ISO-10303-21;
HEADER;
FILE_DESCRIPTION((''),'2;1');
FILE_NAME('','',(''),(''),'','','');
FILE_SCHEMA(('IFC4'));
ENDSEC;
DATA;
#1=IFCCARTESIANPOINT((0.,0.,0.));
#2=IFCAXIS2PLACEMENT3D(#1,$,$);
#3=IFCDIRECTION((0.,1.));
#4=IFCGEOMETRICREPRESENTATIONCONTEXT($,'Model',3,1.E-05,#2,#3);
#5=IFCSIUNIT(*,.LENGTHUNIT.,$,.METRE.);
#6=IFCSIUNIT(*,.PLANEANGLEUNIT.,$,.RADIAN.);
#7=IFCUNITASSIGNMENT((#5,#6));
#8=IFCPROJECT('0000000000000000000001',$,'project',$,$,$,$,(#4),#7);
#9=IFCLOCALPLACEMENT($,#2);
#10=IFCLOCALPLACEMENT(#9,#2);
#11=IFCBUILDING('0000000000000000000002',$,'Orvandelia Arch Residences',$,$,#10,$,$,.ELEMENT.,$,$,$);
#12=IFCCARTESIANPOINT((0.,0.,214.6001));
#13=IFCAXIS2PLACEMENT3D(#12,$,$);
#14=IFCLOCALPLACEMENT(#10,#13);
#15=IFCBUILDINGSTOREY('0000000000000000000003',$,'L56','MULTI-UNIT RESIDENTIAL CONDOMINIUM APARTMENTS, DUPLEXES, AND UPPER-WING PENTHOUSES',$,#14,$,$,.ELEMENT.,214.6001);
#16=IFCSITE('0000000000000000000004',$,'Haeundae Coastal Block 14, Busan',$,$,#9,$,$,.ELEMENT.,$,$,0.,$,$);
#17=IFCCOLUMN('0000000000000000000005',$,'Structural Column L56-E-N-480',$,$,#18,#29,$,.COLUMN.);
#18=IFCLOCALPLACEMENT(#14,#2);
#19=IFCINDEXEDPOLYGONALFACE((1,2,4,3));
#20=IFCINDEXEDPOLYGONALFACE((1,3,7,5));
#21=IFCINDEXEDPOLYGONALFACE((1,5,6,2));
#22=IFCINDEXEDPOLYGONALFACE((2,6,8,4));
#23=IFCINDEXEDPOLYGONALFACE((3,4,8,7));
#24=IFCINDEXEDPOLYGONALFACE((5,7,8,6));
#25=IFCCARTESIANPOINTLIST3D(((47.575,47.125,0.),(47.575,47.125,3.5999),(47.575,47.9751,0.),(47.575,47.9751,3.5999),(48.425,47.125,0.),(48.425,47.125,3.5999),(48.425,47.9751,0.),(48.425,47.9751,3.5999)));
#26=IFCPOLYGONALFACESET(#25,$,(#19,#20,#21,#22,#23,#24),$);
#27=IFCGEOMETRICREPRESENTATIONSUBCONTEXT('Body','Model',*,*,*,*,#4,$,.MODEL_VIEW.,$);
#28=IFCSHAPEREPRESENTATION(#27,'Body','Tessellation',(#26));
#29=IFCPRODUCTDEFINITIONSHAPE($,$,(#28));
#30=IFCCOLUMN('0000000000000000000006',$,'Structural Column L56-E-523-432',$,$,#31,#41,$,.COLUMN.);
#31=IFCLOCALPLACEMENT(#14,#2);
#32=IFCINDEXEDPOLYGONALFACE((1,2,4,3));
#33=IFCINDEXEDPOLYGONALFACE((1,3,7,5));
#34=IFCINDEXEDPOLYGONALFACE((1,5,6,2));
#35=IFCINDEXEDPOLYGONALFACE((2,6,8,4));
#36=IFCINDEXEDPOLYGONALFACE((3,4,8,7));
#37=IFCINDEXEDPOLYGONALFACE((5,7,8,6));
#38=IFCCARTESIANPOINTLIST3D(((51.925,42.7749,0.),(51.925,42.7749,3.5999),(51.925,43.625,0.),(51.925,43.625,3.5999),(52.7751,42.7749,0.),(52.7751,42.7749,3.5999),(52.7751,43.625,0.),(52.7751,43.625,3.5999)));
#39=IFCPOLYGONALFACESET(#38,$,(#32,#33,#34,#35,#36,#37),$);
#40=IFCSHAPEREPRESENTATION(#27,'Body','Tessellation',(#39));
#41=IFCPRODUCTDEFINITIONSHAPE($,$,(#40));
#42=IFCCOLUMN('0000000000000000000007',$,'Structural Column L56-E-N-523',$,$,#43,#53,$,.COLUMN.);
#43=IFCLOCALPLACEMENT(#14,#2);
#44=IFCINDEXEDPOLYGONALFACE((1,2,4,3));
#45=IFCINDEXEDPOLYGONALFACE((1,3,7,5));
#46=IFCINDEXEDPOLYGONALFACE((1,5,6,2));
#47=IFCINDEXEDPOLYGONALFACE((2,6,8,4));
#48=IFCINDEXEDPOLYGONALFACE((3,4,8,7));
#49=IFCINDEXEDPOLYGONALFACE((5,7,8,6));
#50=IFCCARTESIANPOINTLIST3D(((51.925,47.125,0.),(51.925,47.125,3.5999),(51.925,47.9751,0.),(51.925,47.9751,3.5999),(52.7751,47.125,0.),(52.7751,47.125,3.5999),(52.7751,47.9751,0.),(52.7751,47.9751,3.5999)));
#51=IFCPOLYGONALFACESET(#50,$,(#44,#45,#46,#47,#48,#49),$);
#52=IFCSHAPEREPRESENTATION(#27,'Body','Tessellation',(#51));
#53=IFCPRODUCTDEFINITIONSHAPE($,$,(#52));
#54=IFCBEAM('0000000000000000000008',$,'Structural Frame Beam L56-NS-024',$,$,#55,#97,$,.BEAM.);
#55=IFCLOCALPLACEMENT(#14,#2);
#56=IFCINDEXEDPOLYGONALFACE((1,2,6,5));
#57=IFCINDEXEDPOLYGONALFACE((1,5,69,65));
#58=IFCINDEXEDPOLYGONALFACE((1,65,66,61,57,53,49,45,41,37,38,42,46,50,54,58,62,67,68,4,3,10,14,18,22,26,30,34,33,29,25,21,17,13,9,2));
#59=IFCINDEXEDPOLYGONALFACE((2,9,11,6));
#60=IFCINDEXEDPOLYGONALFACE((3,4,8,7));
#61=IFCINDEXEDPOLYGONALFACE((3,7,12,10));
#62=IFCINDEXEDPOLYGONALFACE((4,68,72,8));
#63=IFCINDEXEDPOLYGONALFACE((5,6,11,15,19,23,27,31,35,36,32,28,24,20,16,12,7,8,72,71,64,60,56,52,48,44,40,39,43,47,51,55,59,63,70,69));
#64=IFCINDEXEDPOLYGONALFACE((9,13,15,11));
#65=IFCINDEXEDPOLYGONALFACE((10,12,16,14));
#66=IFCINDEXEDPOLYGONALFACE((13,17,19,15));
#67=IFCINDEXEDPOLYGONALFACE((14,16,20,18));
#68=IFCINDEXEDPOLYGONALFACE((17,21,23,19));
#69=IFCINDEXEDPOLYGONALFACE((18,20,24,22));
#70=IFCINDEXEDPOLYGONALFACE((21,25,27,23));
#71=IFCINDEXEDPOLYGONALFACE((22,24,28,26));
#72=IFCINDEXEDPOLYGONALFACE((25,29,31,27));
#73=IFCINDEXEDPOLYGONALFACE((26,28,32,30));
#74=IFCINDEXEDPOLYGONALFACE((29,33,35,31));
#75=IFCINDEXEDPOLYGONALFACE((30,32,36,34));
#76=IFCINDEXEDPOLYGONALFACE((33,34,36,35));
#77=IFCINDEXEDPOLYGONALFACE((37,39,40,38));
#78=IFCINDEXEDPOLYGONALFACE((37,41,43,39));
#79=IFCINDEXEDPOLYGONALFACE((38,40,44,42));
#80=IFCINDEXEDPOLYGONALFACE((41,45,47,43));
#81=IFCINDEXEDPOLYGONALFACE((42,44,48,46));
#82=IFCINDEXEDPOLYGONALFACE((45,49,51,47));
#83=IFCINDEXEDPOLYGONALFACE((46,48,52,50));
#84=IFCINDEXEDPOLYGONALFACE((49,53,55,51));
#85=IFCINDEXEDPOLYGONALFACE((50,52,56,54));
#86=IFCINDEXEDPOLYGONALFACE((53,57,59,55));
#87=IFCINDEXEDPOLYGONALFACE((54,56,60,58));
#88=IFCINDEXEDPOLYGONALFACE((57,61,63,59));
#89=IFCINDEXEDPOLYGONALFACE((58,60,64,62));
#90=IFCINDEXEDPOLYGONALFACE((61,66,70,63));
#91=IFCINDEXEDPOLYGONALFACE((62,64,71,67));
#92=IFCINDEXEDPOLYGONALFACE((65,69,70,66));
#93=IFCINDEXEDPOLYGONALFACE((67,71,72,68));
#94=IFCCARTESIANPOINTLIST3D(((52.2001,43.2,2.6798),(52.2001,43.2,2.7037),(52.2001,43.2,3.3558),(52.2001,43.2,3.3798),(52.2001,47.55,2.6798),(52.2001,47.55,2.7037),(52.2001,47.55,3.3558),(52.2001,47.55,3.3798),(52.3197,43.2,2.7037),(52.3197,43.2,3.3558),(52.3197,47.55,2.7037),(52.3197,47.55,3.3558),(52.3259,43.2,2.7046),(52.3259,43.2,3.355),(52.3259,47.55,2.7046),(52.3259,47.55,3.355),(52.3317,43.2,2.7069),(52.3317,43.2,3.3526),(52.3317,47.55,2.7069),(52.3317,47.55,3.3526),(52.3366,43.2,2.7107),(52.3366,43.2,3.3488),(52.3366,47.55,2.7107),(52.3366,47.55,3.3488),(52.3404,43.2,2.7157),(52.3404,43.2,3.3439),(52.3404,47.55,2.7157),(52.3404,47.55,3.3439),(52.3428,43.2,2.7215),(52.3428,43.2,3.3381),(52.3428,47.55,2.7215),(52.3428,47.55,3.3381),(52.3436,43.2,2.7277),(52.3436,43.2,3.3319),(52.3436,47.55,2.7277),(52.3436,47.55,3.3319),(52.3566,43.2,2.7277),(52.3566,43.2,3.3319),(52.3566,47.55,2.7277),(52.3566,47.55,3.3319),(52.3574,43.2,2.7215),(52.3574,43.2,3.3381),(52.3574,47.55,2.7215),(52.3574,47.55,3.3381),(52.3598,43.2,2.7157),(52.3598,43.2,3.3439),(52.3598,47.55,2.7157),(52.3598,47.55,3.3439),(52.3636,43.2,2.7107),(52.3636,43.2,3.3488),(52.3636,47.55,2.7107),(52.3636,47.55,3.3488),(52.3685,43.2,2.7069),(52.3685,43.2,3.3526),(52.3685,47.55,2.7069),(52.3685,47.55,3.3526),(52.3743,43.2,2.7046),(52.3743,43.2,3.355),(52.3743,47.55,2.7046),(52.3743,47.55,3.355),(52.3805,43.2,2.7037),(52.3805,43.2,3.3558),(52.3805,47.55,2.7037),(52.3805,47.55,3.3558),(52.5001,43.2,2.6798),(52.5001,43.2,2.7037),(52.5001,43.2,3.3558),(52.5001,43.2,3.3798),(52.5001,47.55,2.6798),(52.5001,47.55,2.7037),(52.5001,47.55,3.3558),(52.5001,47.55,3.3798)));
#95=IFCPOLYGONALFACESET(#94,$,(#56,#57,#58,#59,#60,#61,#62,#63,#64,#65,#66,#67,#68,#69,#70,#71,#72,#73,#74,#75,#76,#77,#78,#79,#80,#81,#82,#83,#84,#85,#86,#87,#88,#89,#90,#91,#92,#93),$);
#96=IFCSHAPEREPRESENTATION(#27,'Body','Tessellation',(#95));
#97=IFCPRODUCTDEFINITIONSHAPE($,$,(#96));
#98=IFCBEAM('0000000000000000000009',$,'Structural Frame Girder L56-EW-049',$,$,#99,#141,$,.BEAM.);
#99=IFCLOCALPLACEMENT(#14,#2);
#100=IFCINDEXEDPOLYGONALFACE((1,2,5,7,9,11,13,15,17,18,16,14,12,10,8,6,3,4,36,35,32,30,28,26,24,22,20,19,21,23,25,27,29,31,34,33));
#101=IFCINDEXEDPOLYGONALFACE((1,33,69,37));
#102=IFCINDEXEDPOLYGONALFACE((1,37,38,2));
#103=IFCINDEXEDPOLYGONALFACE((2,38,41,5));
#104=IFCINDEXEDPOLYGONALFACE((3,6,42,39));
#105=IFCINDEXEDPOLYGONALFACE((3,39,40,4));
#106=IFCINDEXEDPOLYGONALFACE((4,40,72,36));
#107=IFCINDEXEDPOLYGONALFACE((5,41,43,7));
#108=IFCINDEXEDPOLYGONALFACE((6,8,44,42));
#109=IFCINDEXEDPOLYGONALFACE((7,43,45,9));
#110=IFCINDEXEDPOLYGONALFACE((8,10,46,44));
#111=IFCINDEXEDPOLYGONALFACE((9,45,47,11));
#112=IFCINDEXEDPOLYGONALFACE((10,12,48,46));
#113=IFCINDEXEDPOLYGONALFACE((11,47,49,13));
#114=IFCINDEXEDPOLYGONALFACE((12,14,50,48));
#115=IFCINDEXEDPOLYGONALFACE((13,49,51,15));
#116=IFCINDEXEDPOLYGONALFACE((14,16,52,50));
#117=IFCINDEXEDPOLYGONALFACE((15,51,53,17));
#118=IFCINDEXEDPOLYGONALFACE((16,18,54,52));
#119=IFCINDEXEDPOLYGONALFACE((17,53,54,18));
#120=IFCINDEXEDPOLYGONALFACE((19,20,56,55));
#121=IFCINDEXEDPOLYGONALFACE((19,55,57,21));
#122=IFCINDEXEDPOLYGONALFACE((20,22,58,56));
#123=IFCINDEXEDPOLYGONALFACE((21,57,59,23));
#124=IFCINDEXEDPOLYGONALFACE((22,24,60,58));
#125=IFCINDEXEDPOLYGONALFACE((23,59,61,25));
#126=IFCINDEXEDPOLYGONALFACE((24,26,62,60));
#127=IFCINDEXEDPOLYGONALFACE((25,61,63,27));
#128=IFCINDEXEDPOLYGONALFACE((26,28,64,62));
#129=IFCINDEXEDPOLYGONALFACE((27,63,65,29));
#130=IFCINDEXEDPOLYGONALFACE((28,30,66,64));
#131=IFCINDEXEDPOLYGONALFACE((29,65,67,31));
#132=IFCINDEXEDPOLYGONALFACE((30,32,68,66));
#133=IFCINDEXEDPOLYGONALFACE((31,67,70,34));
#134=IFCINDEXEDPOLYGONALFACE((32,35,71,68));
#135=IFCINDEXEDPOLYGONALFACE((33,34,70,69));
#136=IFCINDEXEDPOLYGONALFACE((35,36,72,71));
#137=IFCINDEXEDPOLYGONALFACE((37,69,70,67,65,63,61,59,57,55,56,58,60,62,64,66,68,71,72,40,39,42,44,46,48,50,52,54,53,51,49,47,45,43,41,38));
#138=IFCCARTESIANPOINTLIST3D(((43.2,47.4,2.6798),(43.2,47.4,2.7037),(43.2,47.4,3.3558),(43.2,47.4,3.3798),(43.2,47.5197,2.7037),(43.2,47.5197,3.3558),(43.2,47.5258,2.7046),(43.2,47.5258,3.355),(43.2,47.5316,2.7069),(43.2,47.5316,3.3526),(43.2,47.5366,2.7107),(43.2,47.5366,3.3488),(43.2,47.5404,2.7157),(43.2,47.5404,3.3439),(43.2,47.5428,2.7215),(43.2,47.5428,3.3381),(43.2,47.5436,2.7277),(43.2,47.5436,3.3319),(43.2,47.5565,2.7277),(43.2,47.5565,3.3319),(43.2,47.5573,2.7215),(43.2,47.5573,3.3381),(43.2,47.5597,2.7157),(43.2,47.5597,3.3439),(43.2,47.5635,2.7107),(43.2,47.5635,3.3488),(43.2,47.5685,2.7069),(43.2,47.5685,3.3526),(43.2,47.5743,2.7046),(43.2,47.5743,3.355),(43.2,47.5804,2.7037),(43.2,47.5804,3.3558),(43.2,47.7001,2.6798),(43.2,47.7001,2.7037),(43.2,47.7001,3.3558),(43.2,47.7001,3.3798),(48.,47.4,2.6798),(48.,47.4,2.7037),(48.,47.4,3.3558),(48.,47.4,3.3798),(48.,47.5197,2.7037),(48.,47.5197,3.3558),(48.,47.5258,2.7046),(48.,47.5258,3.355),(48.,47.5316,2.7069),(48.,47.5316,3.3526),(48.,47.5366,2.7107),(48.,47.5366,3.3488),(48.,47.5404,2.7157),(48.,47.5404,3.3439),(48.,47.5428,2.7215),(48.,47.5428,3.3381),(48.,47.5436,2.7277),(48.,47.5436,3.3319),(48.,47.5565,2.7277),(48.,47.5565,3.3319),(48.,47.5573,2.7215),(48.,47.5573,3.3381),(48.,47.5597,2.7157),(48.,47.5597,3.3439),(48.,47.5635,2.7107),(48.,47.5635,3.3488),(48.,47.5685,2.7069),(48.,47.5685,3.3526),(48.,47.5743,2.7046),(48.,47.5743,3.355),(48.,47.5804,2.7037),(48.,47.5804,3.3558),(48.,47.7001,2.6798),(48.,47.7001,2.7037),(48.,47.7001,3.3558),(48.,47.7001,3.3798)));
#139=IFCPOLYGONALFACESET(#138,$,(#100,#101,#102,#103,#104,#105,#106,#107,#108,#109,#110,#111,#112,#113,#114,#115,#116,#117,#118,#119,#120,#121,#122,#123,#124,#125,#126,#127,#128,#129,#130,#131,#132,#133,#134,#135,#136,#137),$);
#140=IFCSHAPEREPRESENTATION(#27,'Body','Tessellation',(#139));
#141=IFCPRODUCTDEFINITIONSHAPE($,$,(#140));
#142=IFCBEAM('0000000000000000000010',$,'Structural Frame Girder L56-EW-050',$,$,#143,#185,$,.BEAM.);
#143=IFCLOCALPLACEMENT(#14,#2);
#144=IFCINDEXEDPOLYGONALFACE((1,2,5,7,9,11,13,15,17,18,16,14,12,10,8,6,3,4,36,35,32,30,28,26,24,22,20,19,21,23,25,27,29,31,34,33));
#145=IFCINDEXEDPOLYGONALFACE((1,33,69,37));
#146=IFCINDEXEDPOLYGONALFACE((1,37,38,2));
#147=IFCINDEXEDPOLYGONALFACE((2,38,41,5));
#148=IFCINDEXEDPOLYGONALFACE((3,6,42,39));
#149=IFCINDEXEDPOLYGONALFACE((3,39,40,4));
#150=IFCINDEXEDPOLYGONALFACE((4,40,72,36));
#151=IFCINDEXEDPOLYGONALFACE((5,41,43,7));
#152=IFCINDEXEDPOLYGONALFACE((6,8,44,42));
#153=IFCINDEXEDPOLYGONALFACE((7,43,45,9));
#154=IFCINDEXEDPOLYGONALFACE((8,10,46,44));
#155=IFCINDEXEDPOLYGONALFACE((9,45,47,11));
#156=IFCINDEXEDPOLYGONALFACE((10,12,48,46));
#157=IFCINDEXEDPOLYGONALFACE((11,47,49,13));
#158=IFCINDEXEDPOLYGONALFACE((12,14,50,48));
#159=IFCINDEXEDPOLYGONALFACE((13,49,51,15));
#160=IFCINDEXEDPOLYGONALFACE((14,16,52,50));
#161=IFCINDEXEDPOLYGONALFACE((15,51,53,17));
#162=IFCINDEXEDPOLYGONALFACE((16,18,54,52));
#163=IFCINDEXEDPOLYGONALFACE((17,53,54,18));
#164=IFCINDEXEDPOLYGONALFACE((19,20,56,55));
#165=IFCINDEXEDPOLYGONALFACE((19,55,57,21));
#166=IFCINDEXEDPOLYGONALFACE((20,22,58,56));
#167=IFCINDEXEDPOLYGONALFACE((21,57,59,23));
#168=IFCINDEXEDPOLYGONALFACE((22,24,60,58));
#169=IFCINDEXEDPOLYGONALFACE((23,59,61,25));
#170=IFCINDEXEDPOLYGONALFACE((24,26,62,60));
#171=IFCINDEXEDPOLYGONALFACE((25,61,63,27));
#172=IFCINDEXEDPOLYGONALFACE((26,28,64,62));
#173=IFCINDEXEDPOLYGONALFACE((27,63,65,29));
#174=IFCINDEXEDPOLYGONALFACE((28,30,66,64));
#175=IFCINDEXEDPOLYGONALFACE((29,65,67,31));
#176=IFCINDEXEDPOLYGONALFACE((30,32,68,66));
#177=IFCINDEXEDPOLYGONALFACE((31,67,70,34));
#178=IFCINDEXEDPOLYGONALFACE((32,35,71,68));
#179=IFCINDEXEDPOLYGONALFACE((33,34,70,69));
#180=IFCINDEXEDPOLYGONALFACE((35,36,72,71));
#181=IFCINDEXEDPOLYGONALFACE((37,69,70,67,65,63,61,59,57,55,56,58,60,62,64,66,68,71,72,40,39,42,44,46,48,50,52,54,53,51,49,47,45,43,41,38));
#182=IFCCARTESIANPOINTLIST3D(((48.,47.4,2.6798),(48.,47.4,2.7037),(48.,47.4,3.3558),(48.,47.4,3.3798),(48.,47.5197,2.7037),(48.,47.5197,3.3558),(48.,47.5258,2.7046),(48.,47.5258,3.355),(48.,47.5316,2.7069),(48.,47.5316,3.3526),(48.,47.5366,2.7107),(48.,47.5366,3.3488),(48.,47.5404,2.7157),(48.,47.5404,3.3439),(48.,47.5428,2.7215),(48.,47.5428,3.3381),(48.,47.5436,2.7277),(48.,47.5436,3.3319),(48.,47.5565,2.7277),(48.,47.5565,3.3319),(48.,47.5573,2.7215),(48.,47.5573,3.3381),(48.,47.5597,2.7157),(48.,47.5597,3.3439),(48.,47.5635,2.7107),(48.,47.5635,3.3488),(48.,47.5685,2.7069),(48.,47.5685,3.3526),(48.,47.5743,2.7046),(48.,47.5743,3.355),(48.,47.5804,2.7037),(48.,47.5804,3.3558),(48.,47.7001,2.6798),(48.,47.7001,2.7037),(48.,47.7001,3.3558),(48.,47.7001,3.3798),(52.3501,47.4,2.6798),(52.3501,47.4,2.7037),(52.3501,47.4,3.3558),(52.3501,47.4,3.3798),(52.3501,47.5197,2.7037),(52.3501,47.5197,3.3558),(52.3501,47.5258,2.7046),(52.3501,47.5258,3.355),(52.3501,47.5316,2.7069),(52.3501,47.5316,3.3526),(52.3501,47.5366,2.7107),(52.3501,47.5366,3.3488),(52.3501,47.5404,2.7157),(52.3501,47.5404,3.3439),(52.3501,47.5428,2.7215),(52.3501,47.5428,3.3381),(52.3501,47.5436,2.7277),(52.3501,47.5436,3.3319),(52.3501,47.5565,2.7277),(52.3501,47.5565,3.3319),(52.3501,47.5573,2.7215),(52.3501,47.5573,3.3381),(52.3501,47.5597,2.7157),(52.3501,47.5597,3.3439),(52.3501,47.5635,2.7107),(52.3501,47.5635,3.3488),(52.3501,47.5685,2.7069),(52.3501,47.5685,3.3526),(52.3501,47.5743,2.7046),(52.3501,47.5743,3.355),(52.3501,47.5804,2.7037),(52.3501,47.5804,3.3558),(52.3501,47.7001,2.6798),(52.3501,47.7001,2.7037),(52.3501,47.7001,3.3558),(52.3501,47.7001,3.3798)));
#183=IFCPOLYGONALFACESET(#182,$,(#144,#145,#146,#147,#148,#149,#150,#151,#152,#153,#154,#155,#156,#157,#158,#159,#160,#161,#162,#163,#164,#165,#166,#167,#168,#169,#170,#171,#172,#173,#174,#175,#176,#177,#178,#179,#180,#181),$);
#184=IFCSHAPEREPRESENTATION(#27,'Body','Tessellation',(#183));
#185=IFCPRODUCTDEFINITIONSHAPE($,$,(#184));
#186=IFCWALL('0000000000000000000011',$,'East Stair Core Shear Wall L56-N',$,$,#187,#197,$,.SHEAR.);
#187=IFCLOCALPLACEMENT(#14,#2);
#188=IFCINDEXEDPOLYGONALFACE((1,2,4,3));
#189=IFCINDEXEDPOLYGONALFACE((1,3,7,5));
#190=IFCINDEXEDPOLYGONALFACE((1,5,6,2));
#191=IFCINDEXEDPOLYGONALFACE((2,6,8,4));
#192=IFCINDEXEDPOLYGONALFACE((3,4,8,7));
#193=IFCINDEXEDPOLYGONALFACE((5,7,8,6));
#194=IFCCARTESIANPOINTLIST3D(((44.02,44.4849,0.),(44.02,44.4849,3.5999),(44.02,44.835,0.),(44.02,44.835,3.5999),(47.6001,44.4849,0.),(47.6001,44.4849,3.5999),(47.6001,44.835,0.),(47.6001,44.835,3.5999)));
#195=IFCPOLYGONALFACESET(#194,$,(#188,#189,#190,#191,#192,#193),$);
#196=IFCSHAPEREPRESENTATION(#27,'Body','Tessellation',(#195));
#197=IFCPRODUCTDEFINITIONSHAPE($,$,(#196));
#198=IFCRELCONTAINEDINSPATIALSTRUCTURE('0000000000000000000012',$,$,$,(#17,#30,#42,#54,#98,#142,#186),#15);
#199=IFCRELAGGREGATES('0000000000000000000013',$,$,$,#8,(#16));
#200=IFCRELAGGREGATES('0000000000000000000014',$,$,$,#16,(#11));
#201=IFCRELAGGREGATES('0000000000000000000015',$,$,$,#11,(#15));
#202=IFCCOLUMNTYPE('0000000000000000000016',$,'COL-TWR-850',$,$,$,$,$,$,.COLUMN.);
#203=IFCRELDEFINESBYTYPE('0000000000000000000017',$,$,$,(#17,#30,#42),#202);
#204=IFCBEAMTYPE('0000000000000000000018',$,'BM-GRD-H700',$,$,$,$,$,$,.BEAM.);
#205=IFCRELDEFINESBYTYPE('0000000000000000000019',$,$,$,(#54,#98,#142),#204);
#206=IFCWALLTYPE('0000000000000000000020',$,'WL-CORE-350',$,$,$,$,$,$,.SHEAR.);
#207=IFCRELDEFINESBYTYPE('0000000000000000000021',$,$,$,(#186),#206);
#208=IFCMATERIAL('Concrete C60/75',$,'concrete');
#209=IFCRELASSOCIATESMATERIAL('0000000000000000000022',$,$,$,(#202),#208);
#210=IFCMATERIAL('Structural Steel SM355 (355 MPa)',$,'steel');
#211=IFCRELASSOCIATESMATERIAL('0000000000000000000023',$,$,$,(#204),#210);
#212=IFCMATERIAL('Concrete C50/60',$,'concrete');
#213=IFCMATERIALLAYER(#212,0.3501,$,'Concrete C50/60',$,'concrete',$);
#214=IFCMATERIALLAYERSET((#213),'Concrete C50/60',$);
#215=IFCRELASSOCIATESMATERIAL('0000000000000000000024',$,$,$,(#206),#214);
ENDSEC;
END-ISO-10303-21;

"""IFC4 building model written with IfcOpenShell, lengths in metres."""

from ifc_helpers import new_model, si_unit, direction, frame, frame_2d, origin, origin_2d, place, context, subcontext, project, spatial, rectangle, i_section, extrude, material, layer, layer_set, material_profile, profile_set, type_object, element, save


model = new_model("IFC4")

# Units and contexts
model_context = context("Model", 3, precision=1e-05, world=origin(), true_north=direction((0.0, 1.0)))
body_context = subcontext(model_context, "Body", "Model", "MODEL_VIEW")
ifc_project = project(units=[si_unit("LENGTHUNIT", "METRE"), si_unit("PLANEANGLEUNIT", "RADIAN")], contexts=[model_context])

# Site, building, storey
site_placement = place(None, origin())
site = spatial("IfcSite", under=ifc_project, at=site_placement, Name="Haeundae Coastal Block 14, Busan", CompositionType="ELEMENT", RefElevation=0.0)
building_placement = place(site_placement, origin())
building = spatial("IfcBuilding", under=site, at=building_placement, Name="Orvandelia Arch Residences", CompositionType="ELEMENT")
storey_placement = place(building_placement, frame((0.0, 0.0, 214.6001)))
storey = spatial("IfcBuildingStorey", under=building, at=storey_placement, Name="L56", Description="MULTI-UNIT RESIDENTIAL CONDOMINIUM APARTMENTS, DUPLEXES, AND UPPER-WING PENTHOUSES", CompositionType="ELEMENT", Elevation=214.6001)

# Columns
ifc_material_1 = material(Name="Concrete C60/75", Category="concrete")
ifc_material_profile_1 = material_profile(ifc_material_1, rectangle(XDim=0.8501, YDim=0.8501, at=origin_2d()), Name="Concrete C60/75", Category="concrete")
ifc_profile_set_1 = profile_set([ifc_material_profile_1], Name="Concrete C60/75")
column_type = type_object("IfcColumnType", Name="COL-TWR-850", PredefinedType="COLUMN", material=ifc_profile_set_1)
for number, where, z_axis, x_axis, name in (
    (1, (48.0, 47.55, 0.0), (0.0, 0.0, 1.0), (1.0, 0.0, 0.0), "Structural Column L56-E-N-480"),
    (2, (52.3501, 43.2, 0.0), (0.0, 0.0, 1.0), (1.0, 0.0, 0.0), "Structural Column L56-E-523-432"),
    (3, (52.3501, 47.55, 0.0), (0.0, 0.0, 1.0), (1.0, 0.0, 0.0), "Structural Column L56-E-N-523"),
):
    element("IfcColumn", number, at=place(storey_placement, frame(where, z_axis=z_axis, x_axis=x_axis)), inside=storey, type_object=column_type, Name=name, PredefinedType="COLUMN", context=body_context, shape_type="SweptSolid", body=[
        extrude(rectangle(XDim=0.8501, YDim=0.8501, at=origin_2d()), origin(), (0.0, 0.0, 1.0), 3.5999),
    ])

# Beams
ifc_material_2 = material(Name="Structural Steel SM355 (355 MPa)", Category="steel")
ifc_material_profile_2 = material_profile(ifc_material_2, i_section(OverallWidth=0.3, OverallDepth=0.7, WebThickness=0.0129, FlangeThickness=0.0239, FilletRadius=0.0239, at=origin_2d()), Name="Structural Steel SM355 (355 MPa)", Category="steel")
ifc_profile_set_2 = profile_set([ifc_material_profile_2], Name="Structural Steel SM355 (355 MPa)")
beam_type = type_object("IfcBeamType", Name="BM-GRD-H700", PredefinedType="BEAM", material=ifc_profile_set_2)
beam_1_placement = place(storey_placement, frame((52.3501, 43.2, 3.0298), z_axis=(0.0, 1.0, 0.0), x_axis=(-1.0, 0.0, 0.0)))
element("IfcBeam", 4, at=beam_1_placement, inside=storey, type_object=beam_type, Name="Structural Frame Beam L56-NS-024", PredefinedType="BEAM", context=body_context, shape_type="SweptSolid", body=[
    extrude(i_section(OverallWidth=0.3, OverallDepth=0.7, WebThickness=0.0129, FlangeThickness=0.0239, FilletRadius=0.0239, at=origin_2d()), origin(), (0.0, 0.0, 1.0), 4.3501),
])
beam_2_placement = place(storey_placement, frame((43.2, 47.55, 3.0298), z_axis=(1.0, 0.0, 0.0), x_axis=(0.0, 1.0, 0.0)))
element("IfcBeam", 5, at=beam_2_placement, inside=storey, type_object=beam_type, Name="Structural Frame Girder L56-EW-049", PredefinedType="BEAM", context=body_context, shape_type="SweptSolid", body=[
    extrude(i_section(OverallWidth=0.3, OverallDepth=0.7, WebThickness=0.0129, FlangeThickness=0.0239, FilletRadius=0.0239, at=origin_2d()), origin(), (0.0, 0.0, 1.0), 4.8),
])
beam_3_placement = place(storey_placement, frame((48.0, 47.55, 3.0298), z_axis=(1.0, 0.0, 0.0), x_axis=(0.0, 1.0, 0.0)))
element("IfcBeam", 6, at=beam_3_placement, inside=storey, type_object=beam_type, Name="Structural Frame Girder L56-EW-050", PredefinedType="BEAM", context=body_context, shape_type="SweptSolid", body=[
    extrude(i_section(OverallWidth=0.3, OverallDepth=0.7, WebThickness=0.0129, FlangeThickness=0.0239, FilletRadius=0.0239, at=origin_2d()), origin(), (0.0, 0.0, 1.0), 4.3501),
])

# Wall
ifc_material_3 = material(Name="Concrete C50/60", Category="concrete")
ifc_layer_1 = layer(ifc_material_3, 0.3501, Name="Concrete C50/60", Category="concrete")
ifc_layer_set_1 = layer_set([ifc_layer_1], Name="Concrete C50/60")
wall_type_1 = type_object("IfcWallType", Name="WL-CORE-350", PredefinedType="SHEAR", material=ifc_layer_set_1)
wall_1_placement = place(storey_placement, frame((44.02, 44.6599, 0.0), z_axis=(0.0, 0.0, 1.0), x_axis=(1.0, 0.0, 0.0)))
element("IfcWall", 7, at=wall_1_placement, inside=storey, type_object=wall_type_1, Name="East Stair Core Shear Wall L56-N", PredefinedType="SHEAR", context=body_context, shape_type="SweptSolid", body=[
    extrude(rectangle(XDim=3.5801, YDim=0.3501, at=frame_2d((1.79, 0.0))), origin(), (0.0, 0.0, 1.0), 3.5999),
])

save(model, "model.ifc")
